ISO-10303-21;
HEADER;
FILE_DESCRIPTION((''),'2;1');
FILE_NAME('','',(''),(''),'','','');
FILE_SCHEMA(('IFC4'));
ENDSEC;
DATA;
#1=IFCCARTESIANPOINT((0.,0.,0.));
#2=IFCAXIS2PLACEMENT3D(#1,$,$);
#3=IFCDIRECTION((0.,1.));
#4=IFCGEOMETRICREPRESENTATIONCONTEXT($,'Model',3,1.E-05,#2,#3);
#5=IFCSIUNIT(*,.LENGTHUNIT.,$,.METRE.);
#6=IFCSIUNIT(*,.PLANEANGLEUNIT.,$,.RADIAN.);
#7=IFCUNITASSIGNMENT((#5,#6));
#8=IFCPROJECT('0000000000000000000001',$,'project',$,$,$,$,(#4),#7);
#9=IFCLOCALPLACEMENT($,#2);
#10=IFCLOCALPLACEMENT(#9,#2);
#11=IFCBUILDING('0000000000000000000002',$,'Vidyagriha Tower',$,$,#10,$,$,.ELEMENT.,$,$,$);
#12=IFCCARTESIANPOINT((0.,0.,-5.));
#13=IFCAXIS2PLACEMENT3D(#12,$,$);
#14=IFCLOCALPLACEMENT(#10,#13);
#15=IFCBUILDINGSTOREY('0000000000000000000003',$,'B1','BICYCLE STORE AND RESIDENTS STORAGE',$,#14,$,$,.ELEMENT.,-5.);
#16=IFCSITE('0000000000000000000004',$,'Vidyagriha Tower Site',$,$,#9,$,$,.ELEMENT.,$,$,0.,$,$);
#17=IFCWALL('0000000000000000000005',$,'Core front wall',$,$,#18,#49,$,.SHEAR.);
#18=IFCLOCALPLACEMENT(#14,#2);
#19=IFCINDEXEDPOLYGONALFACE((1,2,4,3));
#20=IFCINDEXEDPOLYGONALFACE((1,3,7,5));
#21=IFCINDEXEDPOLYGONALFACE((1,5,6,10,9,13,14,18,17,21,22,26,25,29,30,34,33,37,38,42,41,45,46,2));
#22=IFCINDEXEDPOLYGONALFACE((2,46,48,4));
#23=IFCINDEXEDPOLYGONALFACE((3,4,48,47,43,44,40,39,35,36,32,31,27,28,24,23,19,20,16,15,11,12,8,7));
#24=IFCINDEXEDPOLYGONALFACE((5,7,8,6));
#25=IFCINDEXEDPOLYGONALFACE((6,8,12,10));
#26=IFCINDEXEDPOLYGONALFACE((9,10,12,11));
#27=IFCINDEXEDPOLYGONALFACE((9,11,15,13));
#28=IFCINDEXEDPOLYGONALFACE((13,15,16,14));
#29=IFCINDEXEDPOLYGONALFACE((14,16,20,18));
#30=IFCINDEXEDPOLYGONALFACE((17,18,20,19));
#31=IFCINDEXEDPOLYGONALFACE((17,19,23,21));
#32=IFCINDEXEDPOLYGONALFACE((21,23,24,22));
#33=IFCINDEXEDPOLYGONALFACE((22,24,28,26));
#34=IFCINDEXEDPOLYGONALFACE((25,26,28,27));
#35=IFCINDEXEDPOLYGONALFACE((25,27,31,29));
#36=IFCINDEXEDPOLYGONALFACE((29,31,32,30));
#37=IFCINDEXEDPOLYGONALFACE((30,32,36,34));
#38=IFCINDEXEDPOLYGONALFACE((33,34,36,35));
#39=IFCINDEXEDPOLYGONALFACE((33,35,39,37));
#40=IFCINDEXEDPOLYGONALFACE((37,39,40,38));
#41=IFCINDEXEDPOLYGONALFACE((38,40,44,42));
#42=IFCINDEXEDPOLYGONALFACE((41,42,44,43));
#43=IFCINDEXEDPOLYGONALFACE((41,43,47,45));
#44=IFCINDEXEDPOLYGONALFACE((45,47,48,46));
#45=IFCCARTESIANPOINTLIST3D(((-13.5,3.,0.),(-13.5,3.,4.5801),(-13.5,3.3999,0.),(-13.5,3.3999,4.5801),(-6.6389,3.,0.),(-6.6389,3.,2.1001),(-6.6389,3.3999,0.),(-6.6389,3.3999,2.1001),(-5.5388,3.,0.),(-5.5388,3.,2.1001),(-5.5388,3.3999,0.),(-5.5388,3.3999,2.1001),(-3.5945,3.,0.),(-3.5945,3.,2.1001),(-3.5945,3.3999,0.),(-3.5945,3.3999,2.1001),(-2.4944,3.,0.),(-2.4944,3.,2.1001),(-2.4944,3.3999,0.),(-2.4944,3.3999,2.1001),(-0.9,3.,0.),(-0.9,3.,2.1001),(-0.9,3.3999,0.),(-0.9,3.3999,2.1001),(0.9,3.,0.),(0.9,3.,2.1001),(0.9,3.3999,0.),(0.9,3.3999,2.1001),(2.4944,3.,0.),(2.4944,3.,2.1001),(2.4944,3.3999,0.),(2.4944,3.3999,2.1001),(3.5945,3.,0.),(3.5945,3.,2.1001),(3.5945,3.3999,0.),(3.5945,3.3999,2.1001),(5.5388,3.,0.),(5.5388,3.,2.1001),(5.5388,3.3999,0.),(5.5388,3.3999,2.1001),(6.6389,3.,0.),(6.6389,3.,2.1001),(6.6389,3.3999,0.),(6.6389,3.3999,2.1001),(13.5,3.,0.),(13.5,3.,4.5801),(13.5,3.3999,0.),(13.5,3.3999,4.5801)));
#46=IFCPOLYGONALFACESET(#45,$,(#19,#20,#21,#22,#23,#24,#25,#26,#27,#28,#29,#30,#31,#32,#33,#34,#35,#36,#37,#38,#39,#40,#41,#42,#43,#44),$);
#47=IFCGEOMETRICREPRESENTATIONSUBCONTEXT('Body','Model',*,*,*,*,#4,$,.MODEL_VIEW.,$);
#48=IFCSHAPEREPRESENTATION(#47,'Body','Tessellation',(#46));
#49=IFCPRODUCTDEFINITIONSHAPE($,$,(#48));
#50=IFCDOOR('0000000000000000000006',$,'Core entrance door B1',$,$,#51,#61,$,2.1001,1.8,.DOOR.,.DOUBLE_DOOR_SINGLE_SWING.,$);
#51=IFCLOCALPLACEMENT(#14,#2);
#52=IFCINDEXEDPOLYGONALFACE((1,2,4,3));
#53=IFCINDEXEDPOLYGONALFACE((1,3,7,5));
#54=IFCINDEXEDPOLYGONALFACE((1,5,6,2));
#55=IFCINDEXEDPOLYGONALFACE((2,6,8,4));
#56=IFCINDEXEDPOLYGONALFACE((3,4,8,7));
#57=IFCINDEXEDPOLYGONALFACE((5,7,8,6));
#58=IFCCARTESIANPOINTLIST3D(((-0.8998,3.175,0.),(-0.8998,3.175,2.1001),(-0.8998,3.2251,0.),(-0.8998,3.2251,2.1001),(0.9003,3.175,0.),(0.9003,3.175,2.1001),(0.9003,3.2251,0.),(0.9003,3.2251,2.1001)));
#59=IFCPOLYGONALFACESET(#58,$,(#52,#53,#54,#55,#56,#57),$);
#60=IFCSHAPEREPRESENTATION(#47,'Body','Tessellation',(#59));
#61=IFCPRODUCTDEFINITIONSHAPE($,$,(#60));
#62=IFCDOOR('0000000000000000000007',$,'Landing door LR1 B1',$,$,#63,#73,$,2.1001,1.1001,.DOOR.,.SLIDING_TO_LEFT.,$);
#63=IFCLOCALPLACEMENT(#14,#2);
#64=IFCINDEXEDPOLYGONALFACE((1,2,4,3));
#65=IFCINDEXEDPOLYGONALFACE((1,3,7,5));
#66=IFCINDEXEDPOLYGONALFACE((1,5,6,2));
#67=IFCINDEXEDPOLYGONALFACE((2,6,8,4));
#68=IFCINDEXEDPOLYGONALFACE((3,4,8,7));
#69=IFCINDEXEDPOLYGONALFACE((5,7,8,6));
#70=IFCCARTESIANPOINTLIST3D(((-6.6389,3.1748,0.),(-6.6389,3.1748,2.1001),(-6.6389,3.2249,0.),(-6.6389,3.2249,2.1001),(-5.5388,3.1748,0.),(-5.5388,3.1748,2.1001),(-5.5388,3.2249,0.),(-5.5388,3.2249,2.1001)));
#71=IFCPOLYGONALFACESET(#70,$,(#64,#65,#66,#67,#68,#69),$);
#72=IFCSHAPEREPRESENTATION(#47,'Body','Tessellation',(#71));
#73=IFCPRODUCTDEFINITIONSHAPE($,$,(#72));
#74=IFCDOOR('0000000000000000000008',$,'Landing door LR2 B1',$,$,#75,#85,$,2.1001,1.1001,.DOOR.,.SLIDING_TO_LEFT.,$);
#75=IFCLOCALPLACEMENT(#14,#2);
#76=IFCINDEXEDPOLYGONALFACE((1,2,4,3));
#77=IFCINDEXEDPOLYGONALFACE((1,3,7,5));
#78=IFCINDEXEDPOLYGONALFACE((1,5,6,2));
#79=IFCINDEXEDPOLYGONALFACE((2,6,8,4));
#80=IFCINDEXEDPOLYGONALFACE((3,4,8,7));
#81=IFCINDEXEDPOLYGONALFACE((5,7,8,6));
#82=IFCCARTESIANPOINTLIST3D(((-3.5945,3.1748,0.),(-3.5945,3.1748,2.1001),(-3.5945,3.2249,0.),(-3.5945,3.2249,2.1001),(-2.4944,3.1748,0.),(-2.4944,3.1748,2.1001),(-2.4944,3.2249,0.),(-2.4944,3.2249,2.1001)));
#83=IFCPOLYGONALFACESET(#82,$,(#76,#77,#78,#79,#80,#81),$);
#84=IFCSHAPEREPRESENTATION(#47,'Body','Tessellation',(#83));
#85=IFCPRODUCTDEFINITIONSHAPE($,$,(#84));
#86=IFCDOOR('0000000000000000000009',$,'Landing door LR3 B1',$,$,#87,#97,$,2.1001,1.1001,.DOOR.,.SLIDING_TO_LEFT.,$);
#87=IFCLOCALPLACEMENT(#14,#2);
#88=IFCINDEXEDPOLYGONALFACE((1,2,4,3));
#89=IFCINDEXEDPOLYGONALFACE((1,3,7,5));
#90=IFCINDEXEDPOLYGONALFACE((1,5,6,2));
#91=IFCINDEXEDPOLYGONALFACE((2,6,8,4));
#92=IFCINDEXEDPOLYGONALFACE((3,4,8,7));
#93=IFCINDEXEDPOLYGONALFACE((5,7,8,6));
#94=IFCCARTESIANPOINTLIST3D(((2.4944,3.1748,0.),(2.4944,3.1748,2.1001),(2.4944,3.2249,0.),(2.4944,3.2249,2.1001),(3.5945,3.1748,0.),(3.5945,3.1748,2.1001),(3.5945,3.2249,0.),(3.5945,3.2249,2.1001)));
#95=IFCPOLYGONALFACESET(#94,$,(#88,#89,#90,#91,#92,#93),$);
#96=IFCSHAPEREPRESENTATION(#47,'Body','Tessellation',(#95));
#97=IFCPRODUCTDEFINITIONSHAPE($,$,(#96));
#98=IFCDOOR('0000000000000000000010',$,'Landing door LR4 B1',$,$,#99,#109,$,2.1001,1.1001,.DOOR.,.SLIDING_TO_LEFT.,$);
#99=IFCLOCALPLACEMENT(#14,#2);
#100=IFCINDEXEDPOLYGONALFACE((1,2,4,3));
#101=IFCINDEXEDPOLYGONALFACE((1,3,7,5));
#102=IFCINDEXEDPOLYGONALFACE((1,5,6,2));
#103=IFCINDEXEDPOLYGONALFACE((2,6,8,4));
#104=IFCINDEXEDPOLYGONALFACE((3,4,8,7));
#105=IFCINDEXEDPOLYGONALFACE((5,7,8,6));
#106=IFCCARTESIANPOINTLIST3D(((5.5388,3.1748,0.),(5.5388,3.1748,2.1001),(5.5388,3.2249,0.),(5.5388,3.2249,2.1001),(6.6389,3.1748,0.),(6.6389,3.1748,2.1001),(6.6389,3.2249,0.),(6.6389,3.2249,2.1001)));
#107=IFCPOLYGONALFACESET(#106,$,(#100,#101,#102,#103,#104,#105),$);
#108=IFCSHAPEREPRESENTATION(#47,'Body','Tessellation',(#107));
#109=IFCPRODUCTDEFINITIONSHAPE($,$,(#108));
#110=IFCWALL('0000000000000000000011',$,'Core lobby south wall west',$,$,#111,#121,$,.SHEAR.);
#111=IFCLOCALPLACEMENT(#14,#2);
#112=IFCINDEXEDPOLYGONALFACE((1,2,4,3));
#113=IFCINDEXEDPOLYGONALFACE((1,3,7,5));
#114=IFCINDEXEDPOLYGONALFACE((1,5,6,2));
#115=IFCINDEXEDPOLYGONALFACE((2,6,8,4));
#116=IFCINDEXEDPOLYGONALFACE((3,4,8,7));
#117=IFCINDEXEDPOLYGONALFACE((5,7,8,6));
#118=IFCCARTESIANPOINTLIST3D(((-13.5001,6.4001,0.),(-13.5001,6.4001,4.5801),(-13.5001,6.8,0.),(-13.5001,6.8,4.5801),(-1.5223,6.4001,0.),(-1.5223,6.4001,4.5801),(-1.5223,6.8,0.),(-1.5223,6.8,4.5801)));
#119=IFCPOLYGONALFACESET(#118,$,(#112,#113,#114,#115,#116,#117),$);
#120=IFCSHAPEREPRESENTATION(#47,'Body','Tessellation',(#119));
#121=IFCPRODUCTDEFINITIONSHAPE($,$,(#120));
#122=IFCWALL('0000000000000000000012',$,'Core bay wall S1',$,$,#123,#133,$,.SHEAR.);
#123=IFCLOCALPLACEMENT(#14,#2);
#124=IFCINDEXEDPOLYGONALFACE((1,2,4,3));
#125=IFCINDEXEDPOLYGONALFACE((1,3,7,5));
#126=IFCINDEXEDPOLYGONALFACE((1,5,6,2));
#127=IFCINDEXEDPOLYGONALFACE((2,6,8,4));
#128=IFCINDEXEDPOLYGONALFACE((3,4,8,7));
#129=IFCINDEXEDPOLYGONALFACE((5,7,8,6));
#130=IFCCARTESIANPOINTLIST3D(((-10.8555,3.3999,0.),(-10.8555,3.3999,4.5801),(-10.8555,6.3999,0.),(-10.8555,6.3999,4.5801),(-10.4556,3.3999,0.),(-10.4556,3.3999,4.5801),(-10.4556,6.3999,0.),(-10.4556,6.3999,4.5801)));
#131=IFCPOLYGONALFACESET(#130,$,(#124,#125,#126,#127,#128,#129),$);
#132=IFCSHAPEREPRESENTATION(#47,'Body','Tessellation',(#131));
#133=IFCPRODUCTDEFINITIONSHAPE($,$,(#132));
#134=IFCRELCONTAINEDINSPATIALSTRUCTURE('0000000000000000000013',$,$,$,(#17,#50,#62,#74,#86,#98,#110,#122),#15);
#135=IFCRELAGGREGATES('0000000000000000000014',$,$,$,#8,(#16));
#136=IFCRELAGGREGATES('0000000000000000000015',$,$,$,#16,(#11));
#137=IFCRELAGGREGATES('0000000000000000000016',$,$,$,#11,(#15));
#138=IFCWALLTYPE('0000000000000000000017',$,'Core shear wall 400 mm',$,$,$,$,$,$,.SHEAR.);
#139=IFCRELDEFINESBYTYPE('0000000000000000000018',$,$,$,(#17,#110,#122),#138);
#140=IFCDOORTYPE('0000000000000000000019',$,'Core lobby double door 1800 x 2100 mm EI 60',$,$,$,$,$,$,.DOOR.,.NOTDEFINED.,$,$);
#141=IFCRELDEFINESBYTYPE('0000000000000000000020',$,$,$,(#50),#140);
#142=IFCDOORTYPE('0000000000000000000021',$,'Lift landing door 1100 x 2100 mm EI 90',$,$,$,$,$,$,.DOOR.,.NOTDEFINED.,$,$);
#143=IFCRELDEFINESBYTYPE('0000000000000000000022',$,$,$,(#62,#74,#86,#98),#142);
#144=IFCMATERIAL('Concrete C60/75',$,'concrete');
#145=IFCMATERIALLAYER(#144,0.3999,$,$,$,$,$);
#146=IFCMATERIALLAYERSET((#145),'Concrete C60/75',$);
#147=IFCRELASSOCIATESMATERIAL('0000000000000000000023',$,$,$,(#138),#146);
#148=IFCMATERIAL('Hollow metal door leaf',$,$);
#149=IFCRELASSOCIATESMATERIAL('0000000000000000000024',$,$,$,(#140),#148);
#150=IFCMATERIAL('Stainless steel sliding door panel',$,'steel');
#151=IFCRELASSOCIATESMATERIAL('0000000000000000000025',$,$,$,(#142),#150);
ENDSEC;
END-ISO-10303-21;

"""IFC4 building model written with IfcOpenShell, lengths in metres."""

from ifc_helpers import new_model, si_unit, direction, frame, frame_2d, origin, place, context, subcontext, project, spatial, rectangle, extrude, material, layer, layer_set, type_object, element, fill, save


model = new_model("IFC4")

# Units and contexts
model_context = context("Model", 3, precision=1e-05, world=origin(), true_north=direction((0.0, 1.0)))
body_context = subcontext(model_context, "Body", "Model", "MODEL_VIEW")
ifc_project = project(units=[si_unit("LENGTHUNIT", "METRE"), si_unit("PLANEANGLEUNIT", "RADIAN")], contexts=[model_context])

# Site, building, storey
site_placement = place(None, origin())
site = spatial("IfcSite", under=ifc_project, at=site_placement, Name="Vidyagriha Tower Site", CompositionType="ELEMENT", RefElevation=0.0)
building_placement = place(site_placement, origin())
building = spatial("IfcBuilding", under=site, at=building_placement, Name="Vidyagriha Tower", CompositionType="ELEMENT")
storey_placement = place(building_placement, frame((0.0, 0.0, -5.0)))
storey = spatial("IfcBuildingStorey", under=building, at=storey_placement, Name="B1", Description="BICYCLE STORE AND RESIDENTS STORAGE", CompositionType="ELEMENT", Elevation=-5.0)

# Wall, openings, doors
ifc_material_1 = material(Name="Concrete C60/75", Category="concrete")
ifc_layer_1 = layer(ifc_material_1, 0.3999)
ifc_layer_set_1 = layer_set([ifc_layer_1], Name="Concrete C60/75")
wall_type_1 = type_object("IfcWallType", Name="Core shear wall 400 mm", PredefinedType="SHEAR", material=ifc_layer_set_1)
wall_1_placement = place(storey_placement, frame((-13.5, 3.2, 0.0)))
wall_1 = element("IfcWall", 1, at=wall_1_placement, inside=storey, type_object=wall_type_1, Name="Core front wall", PredefinedType="SHEAR", context=body_context, shape_type="SweptSolid", body=[
    extrude(rectangle(XDim=27.0, YDim=0.3999, at=frame_2d((13.5, 0.0))), origin(), (0.0, 0.0, 1.0), 4.5801),
])
opening_1_placement = place(wall_1_placement, frame((6.8611, 0.0, 0.0)))
opening_1 = element("IfcOpeningElement", 2, at=opening_1_placement, cuts=wall_1, PredefinedType="OPENING", context=body_context, shape_type="SweptSolid", body=[
    extrude(rectangle(XDim=1.1001, YDim=2.1001, at=frame_2d((0.55, 1.05))), frame((0.0, 0.21, 0.0), z_axis=(0.0, -1.0, 0.0), x_axis=(1.0, 0.0, 0.0)), (0.0, 0.0, 1.0), 0.4199),
])
opening_2_placement = place(wall_1_placement, frame((9.9055, 0.0, 0.0)))
opening_2 = element("IfcOpeningElement", 3, at=opening_2_placement, cuts=wall_1, PredefinedType="OPENING", context=body_context, shape_type="SweptSolid", body=[
    extrude(rectangle(XDim=1.1001, YDim=2.1001, at=frame_2d((0.55, 1.05))), frame((0.0, 0.21, 0.0), z_axis=(0.0, -1.0, 0.0), x_axis=(1.0, 0.0, 0.0)), (0.0, 0.0, 1.0), 0.4199),
])
opening_3_placement = place(wall_1_placement, frame((15.9944, 0.0, 0.0)))
opening_3 = element("IfcOpeningElement", 4, at=opening_3_placement, cuts=wall_1, PredefinedType="OPENING", context=body_context, shape_type="SweptSolid", body=[
    extrude(rectangle(XDim=1.1001, YDim=2.1001, at=frame_2d((0.55, 1.05))), frame((0.0, 0.21, 0.0), z_axis=(0.0, -1.0, 0.0), x_axis=(1.0, 0.0, 0.0)), (0.0, 0.0, 1.0), 0.4199),
])
opening_4_placement = place(wall_1_placement, frame((19.0388, 0.0, 0.0)))
opening_4 = element("IfcOpeningElement", 5, at=opening_4_placement, cuts=wall_1, PredefinedType="OPENING", context=body_context, shape_type="SweptSolid", body=[
    extrude(rectangle(XDim=1.1001, YDim=2.1001, at=frame_2d((0.55, 1.05))), frame((0.0, 0.21, 0.0), z_axis=(0.0, -1.0, 0.0), x_axis=(1.0, 0.0, 0.0)), (0.0, 0.0, 1.0), 0.4199),
])
opening_5_placement = place(wall_1_placement, frame((12.6001, 0.0, 0.0)))
opening_5 = element("IfcOpeningElement", 6, at=opening_5_placement, cuts=wall_1, PredefinedType="OPENING", context=body_context, shape_type="SweptSolid", body=[
    extrude(rectangle(XDim=1.8, YDim=2.1001, at=frame_2d((0.8999, 1.05))), frame((0.0, 0.21, 0.0), z_axis=(0.0, -1.0, 0.0), x_axis=(1.0, 0.0, 0.0)), (0.0, 0.0, 1.0), 0.4199),
])
ifc_material_2 = material(Name="Hollow metal door leaf")
door_type_1 = type_object("IfcDoorType", Name="Core lobby double door 1800 x 2100 mm EI 60", OperationType="NOTDEFINED", PredefinedType="DOOR", material=ifc_material_2)
door_1_placement = place(opening_5_placement, frame((1.8, 0.0, 0.0), z_axis=(0.0, 0.0, 1.0), x_axis=(-1.0, 0.0, 0.0)))
door_1 = element("IfcDoor", 7, at=door_1_placement, inside=storey, type_object=door_type_1, Name="Core entrance door B1", OperationType="DOUBLE_DOOR_SINGLE_SWING", OverallHeight=2.1001, OverallWidth=1.8, PredefinedType="DOOR", context=body_context, shape_type="SweptSolid", body=[
    extrude(rectangle(XDim=1.8, YDim=2.1001, at=frame_2d((0.8999, 1.05))), frame((0.0, 0.0249, 0.0), z_axis=(0.0, -1.0, 0.0), x_axis=(1.0, 0.0, 0.0)), (0.0, 0.0, 1.0), 0.05),
])
fill(opening_5, door_1)
ifc_material_3 = material(Name="Stainless steel sliding door panel", Category="steel")
door_type_2 = type_object("IfcDoorType", Name="Lift landing door 1100 x 2100 mm EI 90", OperationType="NOTDEFINED", PredefinedType="DOOR", material=ifc_material_3)
door_2_placement = place(opening_1_placement, origin())
door_2 = element("IfcDoor", 8, at=door_2_placement, inside=storey, type_object=door_type_2, Name="Landing door LR1 B1", OperationType="SLIDING_TO_LEFT", OverallHeight=2.1001, OverallWidth=1.1001, PredefinedType="DOOR", context=body_context, shape_type="SweptSolid", body=[
    extrude(rectangle(XDim=1.1001, YDim=2.1001, at=frame_2d((0.55, 1.05))), frame((0.0, 0.0249, 0.0), z_axis=(0.0, -1.0, 0.0), x_axis=(1.0, 0.0, 0.0)), (0.0, 0.0, 1.0), 0.05),
])
fill(opening_1, door_2)
door_3_placement = place(opening_2_placement, origin())
door_3 = element("IfcDoor", 9, at=door_3_placement, inside=storey, type_object=door_type_2, Name="Landing door LR2 B1", OperationType="SLIDING_TO_LEFT", OverallHeight=2.1001, OverallWidth=1.1001, PredefinedType="DOOR", context=body_context, shape_type="SweptSolid", body=[
    extrude(rectangle(XDim=1.1001, YDim=2.1001, at=frame_2d((0.55, 1.05))), frame((0.0, 0.0249, 0.0), z_axis=(0.0, -1.0, 0.0), x_axis=(1.0, 0.0, 0.0)), (0.0, 0.0, 1.0), 0.05),
])
fill(opening_2, door_3)
door_4_placement = place(opening_3_placement, origin())
door_4 = element("IfcDoor", 10, at=door_4_placement, inside=storey, type_object=door_type_2, Name="Landing door LR3 B1", OperationType="SLIDING_TO_LEFT", OverallHeight=2.1001, OverallWidth=1.1001, PredefinedType="DOOR", context=body_context, shape_type="SweptSolid", body=[
    extrude(rectangle(XDim=1.1001, YDim=2.1001, at=frame_2d((0.55, 1.05))), frame((0.0, 0.0249, 0.0), z_axis=(0.0, -1.0, 0.0), x_axis=(1.0, 0.0, 0.0)), (0.0, 0.0, 1.0), 0.05),
])
fill(opening_3, door_4)
door_5_placement = place(opening_4_placement, origin())
door_5 = element("IfcDoor", 11, at=door_5_placement, inside=storey, type_object=door_type_2, Name="Landing door LR4 B1", OperationType="SLIDING_TO_LEFT", OverallHeight=2.1001, OverallWidth=1.1001, PredefinedType="DOOR", context=body_context, shape_type="SweptSolid", body=[
    extrude(rectangle(XDim=1.1001, YDim=2.1001, at=frame_2d((0.55, 1.05))), frame((0.0, 0.0249, 0.0), z_axis=(0.0, -1.0, 0.0), x_axis=(1.0, 0.0, 0.0)), (0.0, 0.0, 1.0), 0.05),
])
fill(opening_4, door_5)

# Walls
wall_2_placement = place(storey_placement, frame((-13.5, 6.6001, 0.0)))
element("IfcWall", 12, at=wall_2_placement, inside=storey, type_object=wall_type_1, Name="Core lobby south wall west", PredefinedType="SHEAR", context=body_context, shape_type="SweptSolid", body=[
    extrude(rectangle(XDim=11.9778, YDim=0.3999, at=frame_2d((5.9888, 0.0))), origin(), (0.0, 0.0, 1.0), 4.5801),
])
wall_3_placement = place(storey_placement, frame((-10.6555, 3.3999, 0.0), z_axis=(0.0, 0.0, 1.0), x_axis=(0.0, 1.0, 0.0)))
element("IfcWall", 13, at=wall_3_placement, inside=storey, type_object=wall_type_1, Name="Core bay wall S1", PredefinedType="SHEAR", context=body_context, shape_type="SweptSolid", body=[
    extrude(rectangle(XDim=3.0, YDim=0.3999, at=frame_2d((1.5, 0.0))), origin(), (0.0, 0.0, 1.0), 4.5801),
])

save(model, "model.ifc")
